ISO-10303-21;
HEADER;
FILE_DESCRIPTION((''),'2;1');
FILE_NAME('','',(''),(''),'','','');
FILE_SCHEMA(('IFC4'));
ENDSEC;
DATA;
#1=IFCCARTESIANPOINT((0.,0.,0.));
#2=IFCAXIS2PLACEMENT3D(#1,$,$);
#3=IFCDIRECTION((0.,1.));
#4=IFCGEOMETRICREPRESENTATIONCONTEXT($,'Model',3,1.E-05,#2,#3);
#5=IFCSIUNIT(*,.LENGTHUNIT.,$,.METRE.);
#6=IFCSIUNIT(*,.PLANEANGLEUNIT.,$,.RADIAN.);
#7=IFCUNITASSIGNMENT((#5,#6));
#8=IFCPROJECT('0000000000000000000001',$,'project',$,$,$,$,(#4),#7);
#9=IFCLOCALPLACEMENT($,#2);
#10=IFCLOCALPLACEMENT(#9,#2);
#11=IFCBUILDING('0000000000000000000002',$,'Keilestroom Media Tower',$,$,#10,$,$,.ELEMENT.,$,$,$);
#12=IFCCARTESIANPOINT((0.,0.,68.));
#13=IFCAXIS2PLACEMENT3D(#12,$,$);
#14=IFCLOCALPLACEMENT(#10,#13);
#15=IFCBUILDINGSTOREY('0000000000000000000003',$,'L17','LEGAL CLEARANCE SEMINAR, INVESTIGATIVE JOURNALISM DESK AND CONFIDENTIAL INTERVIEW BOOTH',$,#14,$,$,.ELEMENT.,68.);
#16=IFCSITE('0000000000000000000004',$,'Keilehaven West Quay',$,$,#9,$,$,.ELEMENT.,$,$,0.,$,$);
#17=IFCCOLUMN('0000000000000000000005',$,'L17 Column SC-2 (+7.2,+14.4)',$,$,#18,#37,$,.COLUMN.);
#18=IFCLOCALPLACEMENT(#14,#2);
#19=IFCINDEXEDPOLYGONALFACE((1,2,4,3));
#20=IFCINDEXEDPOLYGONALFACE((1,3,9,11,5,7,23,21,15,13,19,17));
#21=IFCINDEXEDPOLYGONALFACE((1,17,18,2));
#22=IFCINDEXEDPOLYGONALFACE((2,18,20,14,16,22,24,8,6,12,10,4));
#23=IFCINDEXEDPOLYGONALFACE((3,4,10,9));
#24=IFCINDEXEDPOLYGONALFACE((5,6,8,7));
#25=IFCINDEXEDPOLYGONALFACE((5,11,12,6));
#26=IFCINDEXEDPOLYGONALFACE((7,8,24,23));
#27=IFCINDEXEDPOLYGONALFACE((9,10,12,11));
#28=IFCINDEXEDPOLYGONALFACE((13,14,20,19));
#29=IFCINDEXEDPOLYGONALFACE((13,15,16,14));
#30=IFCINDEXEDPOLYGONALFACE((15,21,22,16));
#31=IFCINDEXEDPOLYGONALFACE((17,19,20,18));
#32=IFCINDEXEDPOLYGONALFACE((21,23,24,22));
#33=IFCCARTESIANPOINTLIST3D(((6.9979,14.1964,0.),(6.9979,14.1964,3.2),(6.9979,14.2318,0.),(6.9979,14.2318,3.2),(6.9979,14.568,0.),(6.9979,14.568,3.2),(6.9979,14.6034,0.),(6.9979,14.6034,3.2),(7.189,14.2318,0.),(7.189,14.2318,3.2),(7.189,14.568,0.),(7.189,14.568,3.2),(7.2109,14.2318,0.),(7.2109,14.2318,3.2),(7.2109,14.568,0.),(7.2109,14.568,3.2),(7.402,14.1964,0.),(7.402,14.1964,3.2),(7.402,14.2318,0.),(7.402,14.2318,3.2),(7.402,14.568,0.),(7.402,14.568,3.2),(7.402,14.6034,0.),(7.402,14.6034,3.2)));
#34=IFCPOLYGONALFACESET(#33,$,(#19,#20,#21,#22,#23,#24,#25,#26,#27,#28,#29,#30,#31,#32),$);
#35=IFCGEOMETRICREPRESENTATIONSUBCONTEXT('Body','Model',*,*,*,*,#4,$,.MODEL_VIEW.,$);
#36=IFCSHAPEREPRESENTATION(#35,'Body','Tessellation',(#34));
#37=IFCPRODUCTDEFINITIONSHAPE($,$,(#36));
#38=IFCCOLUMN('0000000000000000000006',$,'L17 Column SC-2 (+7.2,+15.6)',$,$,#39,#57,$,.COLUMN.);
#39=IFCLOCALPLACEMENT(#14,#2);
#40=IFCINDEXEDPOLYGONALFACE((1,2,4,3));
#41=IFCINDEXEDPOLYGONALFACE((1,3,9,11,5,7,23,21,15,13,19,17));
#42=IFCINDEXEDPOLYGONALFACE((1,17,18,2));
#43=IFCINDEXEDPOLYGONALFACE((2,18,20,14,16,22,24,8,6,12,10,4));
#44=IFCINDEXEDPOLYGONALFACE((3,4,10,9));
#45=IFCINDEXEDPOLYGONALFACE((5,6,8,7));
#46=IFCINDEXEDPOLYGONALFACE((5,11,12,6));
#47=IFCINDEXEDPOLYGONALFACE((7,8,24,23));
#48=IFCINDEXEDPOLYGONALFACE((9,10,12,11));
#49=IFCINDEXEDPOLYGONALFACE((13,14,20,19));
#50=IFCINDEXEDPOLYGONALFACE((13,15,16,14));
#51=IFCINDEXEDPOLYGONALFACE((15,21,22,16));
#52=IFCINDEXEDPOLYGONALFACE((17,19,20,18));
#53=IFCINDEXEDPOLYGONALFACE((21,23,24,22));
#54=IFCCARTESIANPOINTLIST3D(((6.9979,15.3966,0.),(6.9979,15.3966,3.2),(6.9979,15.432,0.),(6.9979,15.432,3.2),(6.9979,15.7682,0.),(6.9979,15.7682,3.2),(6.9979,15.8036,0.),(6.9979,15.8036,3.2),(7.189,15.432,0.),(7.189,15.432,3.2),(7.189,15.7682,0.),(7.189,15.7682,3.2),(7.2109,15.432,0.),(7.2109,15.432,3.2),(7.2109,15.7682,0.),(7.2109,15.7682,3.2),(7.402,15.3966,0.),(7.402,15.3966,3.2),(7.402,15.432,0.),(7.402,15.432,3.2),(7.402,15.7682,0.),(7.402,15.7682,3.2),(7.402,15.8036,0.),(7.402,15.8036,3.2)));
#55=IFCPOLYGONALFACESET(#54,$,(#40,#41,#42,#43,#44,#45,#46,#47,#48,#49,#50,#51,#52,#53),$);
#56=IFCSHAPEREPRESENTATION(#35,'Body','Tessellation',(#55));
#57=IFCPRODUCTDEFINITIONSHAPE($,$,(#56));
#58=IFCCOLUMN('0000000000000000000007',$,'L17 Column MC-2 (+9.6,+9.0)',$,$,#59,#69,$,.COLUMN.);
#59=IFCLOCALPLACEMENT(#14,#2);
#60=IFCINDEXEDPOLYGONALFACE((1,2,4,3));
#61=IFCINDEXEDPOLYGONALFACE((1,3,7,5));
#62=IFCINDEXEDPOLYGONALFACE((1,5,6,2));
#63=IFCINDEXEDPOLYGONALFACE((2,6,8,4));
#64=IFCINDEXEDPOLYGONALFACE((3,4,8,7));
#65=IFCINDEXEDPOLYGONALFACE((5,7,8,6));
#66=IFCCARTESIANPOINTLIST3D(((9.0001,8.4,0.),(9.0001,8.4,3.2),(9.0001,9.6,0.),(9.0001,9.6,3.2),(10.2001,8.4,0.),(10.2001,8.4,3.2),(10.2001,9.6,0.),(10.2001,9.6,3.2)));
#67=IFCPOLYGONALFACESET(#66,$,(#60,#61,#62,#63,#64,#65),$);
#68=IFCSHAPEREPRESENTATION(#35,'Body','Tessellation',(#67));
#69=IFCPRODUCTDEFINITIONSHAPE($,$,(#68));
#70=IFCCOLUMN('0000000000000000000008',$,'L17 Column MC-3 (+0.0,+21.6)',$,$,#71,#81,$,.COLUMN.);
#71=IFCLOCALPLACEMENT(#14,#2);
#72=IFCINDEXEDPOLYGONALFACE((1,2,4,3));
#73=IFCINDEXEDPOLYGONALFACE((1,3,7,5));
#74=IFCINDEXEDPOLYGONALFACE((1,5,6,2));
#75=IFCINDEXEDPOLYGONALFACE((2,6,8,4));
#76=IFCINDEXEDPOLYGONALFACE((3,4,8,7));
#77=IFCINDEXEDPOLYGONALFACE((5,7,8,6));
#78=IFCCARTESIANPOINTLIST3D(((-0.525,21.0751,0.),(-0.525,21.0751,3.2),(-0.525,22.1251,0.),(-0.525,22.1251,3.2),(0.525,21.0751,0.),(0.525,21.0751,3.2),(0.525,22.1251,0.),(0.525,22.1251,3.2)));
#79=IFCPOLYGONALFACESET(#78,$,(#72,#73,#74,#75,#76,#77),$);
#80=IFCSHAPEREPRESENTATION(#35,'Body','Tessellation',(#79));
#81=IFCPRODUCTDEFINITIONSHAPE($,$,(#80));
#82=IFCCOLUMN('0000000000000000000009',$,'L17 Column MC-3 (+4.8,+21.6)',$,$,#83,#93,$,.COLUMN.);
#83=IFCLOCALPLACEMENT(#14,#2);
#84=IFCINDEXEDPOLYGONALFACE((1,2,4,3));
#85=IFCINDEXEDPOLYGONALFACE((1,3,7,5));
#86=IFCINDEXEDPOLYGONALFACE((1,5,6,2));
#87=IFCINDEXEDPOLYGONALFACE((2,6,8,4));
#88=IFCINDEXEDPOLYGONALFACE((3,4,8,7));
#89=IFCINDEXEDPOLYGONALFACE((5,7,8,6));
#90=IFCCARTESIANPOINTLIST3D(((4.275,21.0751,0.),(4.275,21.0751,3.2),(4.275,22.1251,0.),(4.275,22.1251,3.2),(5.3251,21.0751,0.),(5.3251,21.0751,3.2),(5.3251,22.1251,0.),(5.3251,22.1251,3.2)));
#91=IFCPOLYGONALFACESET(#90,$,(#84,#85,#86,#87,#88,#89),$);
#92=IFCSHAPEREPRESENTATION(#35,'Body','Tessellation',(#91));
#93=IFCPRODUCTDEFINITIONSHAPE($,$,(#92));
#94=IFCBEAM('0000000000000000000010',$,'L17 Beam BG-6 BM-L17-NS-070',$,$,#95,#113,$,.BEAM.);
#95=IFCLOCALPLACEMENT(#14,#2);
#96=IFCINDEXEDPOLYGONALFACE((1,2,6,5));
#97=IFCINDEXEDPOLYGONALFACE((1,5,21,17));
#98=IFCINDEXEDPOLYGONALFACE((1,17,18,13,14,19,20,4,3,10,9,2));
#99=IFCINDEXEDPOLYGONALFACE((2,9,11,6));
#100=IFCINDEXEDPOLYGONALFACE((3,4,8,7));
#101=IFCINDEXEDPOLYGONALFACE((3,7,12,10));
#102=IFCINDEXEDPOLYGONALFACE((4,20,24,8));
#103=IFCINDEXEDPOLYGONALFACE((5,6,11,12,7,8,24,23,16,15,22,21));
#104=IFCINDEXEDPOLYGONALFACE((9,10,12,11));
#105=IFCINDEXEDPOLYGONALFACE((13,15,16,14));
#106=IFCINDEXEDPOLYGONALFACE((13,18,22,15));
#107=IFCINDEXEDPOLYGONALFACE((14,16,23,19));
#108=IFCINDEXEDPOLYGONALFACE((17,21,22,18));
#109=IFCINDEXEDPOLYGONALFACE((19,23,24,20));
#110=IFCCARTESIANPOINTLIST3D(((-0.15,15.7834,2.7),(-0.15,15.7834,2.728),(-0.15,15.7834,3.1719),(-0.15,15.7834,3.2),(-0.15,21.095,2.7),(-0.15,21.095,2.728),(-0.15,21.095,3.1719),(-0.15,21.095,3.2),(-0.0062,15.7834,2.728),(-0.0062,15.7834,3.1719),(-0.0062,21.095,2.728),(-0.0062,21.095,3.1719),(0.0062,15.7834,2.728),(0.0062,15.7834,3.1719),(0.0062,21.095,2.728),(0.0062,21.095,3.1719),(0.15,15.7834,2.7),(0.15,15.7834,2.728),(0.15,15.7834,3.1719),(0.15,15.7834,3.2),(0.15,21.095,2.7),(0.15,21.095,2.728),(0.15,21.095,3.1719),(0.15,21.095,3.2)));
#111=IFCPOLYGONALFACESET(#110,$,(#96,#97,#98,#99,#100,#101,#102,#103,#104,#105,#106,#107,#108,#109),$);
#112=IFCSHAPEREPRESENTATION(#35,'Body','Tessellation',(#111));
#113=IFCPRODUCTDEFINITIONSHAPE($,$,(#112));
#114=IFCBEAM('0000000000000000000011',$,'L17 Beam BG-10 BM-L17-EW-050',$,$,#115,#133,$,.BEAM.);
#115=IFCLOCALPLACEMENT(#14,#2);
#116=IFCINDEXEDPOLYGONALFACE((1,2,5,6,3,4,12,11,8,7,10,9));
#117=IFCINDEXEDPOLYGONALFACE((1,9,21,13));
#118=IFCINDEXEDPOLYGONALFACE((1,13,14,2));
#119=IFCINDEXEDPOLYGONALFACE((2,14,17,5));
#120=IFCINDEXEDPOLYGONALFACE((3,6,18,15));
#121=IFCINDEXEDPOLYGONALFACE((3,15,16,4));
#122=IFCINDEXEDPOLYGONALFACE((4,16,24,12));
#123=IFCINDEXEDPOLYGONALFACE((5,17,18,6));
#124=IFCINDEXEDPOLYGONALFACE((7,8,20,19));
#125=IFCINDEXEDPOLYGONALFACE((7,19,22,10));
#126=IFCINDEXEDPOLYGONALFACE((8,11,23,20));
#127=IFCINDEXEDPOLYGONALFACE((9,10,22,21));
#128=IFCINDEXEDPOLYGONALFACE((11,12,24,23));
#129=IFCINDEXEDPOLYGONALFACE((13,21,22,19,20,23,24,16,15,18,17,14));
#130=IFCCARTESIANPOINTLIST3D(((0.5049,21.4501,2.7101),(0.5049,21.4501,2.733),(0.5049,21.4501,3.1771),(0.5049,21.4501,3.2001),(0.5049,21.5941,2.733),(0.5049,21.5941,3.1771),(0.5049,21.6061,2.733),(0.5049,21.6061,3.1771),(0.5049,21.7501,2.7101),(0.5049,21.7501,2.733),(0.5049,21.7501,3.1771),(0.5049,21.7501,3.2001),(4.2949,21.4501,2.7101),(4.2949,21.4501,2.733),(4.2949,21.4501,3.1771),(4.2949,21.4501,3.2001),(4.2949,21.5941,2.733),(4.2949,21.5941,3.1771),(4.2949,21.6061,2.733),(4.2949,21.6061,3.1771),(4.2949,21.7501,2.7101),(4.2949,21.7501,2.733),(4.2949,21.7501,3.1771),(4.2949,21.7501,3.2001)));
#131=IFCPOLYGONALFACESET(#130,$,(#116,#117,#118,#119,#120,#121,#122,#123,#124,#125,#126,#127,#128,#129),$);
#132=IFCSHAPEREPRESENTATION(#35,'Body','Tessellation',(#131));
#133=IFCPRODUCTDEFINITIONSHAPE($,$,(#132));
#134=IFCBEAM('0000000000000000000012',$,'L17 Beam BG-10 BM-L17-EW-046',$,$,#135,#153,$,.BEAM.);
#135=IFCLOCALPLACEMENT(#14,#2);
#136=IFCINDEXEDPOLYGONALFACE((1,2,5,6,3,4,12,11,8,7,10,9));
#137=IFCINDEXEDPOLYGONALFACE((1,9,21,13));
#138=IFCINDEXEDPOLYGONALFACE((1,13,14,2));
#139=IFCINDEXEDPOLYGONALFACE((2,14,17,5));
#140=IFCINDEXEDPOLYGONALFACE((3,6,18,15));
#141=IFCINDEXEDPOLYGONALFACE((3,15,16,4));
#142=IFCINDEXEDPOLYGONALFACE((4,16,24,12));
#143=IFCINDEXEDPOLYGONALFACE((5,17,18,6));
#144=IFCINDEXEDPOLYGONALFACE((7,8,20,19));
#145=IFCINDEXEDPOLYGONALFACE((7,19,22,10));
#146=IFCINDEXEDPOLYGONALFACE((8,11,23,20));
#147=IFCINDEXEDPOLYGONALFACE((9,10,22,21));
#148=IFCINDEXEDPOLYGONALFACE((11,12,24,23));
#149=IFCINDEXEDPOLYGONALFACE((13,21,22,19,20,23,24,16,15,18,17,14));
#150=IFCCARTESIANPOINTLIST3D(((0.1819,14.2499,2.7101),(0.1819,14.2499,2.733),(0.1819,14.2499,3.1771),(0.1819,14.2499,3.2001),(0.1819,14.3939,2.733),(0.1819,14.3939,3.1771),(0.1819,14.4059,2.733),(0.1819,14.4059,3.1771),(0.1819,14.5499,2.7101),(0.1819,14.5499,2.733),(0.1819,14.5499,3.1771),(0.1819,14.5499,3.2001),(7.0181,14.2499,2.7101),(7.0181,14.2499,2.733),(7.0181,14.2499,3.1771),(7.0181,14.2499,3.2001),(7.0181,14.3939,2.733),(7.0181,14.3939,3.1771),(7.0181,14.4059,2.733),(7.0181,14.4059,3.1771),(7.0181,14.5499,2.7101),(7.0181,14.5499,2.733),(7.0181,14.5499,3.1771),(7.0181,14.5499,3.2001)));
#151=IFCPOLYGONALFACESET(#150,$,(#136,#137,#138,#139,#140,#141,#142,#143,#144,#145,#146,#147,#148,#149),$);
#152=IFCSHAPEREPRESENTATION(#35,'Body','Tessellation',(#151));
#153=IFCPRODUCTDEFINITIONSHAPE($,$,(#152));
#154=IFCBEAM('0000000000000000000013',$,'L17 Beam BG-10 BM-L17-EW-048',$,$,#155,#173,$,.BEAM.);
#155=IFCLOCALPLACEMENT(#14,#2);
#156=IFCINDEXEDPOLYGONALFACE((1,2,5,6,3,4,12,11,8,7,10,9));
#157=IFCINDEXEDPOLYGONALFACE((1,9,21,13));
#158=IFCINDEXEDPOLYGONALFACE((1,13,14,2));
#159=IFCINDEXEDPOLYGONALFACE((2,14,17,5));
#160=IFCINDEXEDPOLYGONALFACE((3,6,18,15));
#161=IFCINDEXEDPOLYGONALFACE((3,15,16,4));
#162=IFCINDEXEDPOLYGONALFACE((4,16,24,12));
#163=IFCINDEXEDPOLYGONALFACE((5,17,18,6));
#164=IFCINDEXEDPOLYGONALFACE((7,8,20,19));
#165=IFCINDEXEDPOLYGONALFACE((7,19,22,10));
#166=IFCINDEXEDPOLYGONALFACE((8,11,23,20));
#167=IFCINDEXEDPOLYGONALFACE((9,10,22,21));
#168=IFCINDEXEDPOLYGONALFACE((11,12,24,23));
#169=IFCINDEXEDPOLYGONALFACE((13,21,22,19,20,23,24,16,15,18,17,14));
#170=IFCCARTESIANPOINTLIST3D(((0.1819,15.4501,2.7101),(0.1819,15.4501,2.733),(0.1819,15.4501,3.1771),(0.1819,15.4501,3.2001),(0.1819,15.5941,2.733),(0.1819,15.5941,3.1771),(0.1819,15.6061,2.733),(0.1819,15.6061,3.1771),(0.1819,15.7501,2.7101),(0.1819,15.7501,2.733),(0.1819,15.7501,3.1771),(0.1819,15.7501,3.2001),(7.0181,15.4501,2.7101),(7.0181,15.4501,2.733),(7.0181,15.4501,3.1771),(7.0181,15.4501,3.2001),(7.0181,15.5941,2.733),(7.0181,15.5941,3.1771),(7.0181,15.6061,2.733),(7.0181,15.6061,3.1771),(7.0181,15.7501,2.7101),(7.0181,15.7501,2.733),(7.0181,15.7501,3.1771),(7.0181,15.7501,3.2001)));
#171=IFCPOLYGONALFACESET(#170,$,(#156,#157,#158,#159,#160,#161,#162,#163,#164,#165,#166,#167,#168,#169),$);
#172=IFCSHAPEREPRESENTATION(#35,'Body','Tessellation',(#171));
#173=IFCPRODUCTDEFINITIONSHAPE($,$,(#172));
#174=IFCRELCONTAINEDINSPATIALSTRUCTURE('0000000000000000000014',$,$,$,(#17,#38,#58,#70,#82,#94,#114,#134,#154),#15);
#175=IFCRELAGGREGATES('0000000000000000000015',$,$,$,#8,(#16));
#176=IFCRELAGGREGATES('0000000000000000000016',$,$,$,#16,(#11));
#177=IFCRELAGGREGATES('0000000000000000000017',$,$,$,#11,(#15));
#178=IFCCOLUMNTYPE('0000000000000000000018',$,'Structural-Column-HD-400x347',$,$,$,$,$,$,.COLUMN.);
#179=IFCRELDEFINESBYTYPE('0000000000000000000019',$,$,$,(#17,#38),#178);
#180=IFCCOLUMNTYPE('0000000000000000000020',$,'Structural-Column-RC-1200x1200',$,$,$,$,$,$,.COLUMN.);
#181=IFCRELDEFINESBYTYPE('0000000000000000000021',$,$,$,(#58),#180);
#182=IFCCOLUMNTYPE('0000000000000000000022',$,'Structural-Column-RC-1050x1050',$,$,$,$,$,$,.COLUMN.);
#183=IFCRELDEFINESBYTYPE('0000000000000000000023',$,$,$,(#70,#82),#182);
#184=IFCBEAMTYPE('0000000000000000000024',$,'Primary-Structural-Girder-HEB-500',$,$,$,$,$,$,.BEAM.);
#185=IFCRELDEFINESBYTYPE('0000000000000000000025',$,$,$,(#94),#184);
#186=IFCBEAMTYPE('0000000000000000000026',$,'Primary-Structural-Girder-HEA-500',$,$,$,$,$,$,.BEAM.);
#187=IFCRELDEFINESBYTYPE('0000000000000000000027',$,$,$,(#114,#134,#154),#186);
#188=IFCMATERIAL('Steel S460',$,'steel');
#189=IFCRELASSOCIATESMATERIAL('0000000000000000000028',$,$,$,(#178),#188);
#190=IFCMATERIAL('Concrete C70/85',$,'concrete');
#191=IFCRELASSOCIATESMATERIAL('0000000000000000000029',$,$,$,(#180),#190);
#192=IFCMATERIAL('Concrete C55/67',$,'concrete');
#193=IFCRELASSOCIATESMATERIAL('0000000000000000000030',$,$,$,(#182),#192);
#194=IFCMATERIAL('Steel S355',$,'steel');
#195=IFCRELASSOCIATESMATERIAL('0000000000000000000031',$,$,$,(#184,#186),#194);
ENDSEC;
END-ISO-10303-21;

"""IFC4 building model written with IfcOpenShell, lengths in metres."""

from ifc_helpers import new_model, si_unit, direction, frame, origin, origin_2d, place, context, subcontext, project, spatial, rectangle, i_section, extrude, source, transform, mapped, material, material_profile, profile_set, type_object, element, save


model = new_model("IFC4")

# Units and contexts
model_context = context("Model", 3, precision=1e-05, world=origin(), true_north=direction((0.0, 1.0)))
body_context = subcontext(model_context, "Body", "Model", "MODEL_VIEW")
ifc_project = project(units=[si_unit("LENGTHUNIT", "METRE"), si_unit("PLANEANGLEUNIT", "RADIAN")], contexts=[model_context])

# Site, building, storey
site_placement = place(None, origin())
site = spatial("IfcSite", under=ifc_project, at=site_placement, Name="Keilehaven West Quay", CompositionType="ELEMENT", RefElevation=0.0)
building_placement = place(site_placement, origin())
building = spatial("IfcBuilding", under=site, at=building_placement, Name="Keilestroom Media Tower", CompositionType="ELEMENT")
storey_placement = place(building_placement, frame((0.0, 0.0, 68.0)))
storey = spatial("IfcBuildingStorey", under=building, at=storey_placement, Name="L17", Description="LEGAL CLEARANCE SEMINAR, INVESTIGATIVE JOURNALISM DESK AND CONFIDENTIAL INTERVIEW BOOTH", CompositionType="ELEMENT", Elevation=68.0)

# Columns
ifc_material_1 = material(Name="Steel S460", Category="steel")
ifc_material_profile_1 = material_profile(ifc_material_1, i_section(OverallWidth=0.4041, OverallDepth=0.407, WebThickness=0.022, FlangeThickness=0.0354, at=origin_2d()), Name="HD 400x347")
ifc_profile_set_1 = profile_set([ifc_material_profile_1], Name="Steel S460")
column_type_1 = type_object("IfcColumnType", Name="Structural-Column-HD-400x347", PredefinedType="COLUMN", material=ifc_profile_set_1)
shared_shape_1 = source(origin(), body_context, "Body", "SweptSolid", [
    extrude(i_section(OverallWidth=0.4041, OverallDepth=0.407, WebThickness=0.022, FlangeThickness=0.0354, at=origin_2d()), origin(), (0.0, 0.0, 1.0), 3.2),
])
for number, where, z_axis, x_axis, name in (
    (1, (7.2, 14.3999, 0.0), (0.0, 0.0, 1.0), (1.0, 0.0, 0.0), "L17 Column SC-2 (+7.2,+14.4)"),
    (2, (7.2, 15.6001, 0.0), (0.0, 0.0, 1.0), (1.0, 0.0, 0.0), "L17 Column SC-2 (+7.2,+15.6)"),
):
    element("IfcColumn", number, at=place(storey_placement, frame(where, z_axis=z_axis, x_axis=x_axis)), inside=storey, type_object=column_type_1, Name=name, PredefinedType="COLUMN", context=body_context, shape_type="MappedRepresentation", body=[
        mapped(shared_shape_1, transform((0.0, 0.0, 0.0), x_axis=(1.0, 0.0, 0.0), y_axis=(0.0, 1.0, 0.0), z_axis=(0.0, 0.0, 1.0), scale=1.0)),
    ])
ifc_material_2 = material(Name="Concrete C70/85", Category="concrete")
ifc_material_profile_2 = material_profile(ifc_material_2, rectangle(XDim=1.2, YDim=1.2, at=origin_2d()), Name="RC 1200x1200")
ifc_profile_set_2 = profile_set([ifc_material_profile_2], Name="Concrete C70/85")
column_type_2 = type_object("IfcColumnType", Name="Structural-Column-RC-1200x1200", PredefinedType="COLUMN", material=ifc_profile_set_2)
shared_shape_2 = source(origin(), body_context, "Body", "SweptSolid", [
    extrude(rectangle(XDim=1.2, YDim=1.2, at=origin_2d()), origin(), (0.0, 0.0, 1.0), 3.2),
])
column_placement = place(storey_placement, frame((9.6001, 9.0, 0.0), z_axis=(0.0, 0.0, 1.0), x_axis=(1.0, 0.0, 0.0)))
element("IfcColumn", 3, at=column_placement, inside=storey, type_object=column_type_2, Name="L17 Column MC-2 (+9.6,+9.0)", PredefinedType="COLUMN", context=body_context, shape_type="MappedRepresentation", body=[
    mapped(shared_shape_2, transform((0.0, 0.0, 0.0), x_axis=(1.0, 0.0, 0.0), y_axis=(0.0, 1.0, 0.0), z_axis=(0.0, 0.0, 1.0), scale=1.0)),
])
ifc_material_3 = material(Name="Concrete C55/67", Category="concrete")
ifc_material_profile_3 = material_profile(ifc_material_3, rectangle(XDim=1.05, YDim=1.05, at=origin_2d()), Name="RC 1050x1050")
ifc_profile_set_3 = profile_set([ifc_material_profile_3], Name="Concrete C55/67")
column_type_3 = type_object("IfcColumnType", Name="Structural-Column-RC-1050x1050", PredefinedType="COLUMN", material=ifc_profile_set_3)
shared_shape_3 = source(origin(), body_context, "Body", "SweptSolid", [
    extrude(rectangle(XDim=1.05, YDim=1.05, at=origin_2d()), origin(), (0.0, 0.0, 1.0), 3.2),
])
for number, where, z_axis, x_axis, name in (
    (4, (0.0, 21.6001, 0.0), (0.0, 0.0, 1.0), (1.0, 0.0, 0.0), "L17 Column MC-3 (+0.0,+21.6)"),
    (5, (4.8, 21.6001, 0.0), (0.0, 0.0, 1.0), (1.0, 0.0, 0.0), "L17 Column MC-3 (+4.8,+21.6)"),
):
    element("IfcColumn", number, at=place(storey_placement, frame(where, z_axis=z_axis, x_axis=x_axis)), inside=storey, type_object=column_type_3, Name=name, PredefinedType="COLUMN", context=body_context, shape_type="MappedRepresentation", body=[
        mapped(shared_shape_3, transform((0.0, 0.0, 0.0), x_axis=(1.0, 0.0, 0.0), y_axis=(0.0, 1.0, 0.0), z_axis=(0.0, 0.0, 1.0), scale=1.0)),
    ])

# Beams
ifc_material_4 = material(Name="Steel S355", Category="steel")
ifc_material_profile_4 = material_profile(ifc_material_4, i_section(OverallWidth=0.3, OverallDepth=0.5, WebThickness=0.0125, FlangeThickness=0.0281, at=origin_2d()), Name="HEB 500")
ifc_profile_set_4 = profile_set([ifc_material_profile_4], Name="Steel S355")
beam_type_1 = type_object("IfcBeamType", Name="Primary-Structural-Girder-HEB-500", PredefinedType="BEAM", material=ifc_profile_set_4)
shared_shape_4 = source(origin(), body_context, "Body", "SweptSolid", [
    extrude(i_section(OverallWidth=0.3, OverallDepth=0.5, WebThickness=0.0125, FlangeThickness=0.0281, at=origin_2d()), origin(), (0.0, 0.0, 1.0), 5.3115),
])
beam_1_placement = place(storey_placement, frame((0.0, 15.7834, 2.95), z_axis=(0.0, 1.0, 0.0), x_axis=(-1.0, 0.0, 0.0)))
element("IfcBeam", 6, at=beam_1_placement, inside=storey, type_object=beam_type_1, Name="L17 Beam BG-6 BM-L17-NS-070", PredefinedType="BEAM", context=body_context, shape_type="MappedRepresentation", body=[
    mapped(shared_shape_4, transform((0.0, 0.0, 0.0), x_axis=(1.0, 0.0, 0.0), y_axis=(0.0, 1.0, 0.0), z_axis=(0.0, 0.0, 1.0), scale=1.0)),
])
ifc_material_profile_5 = material_profile(ifc_material_4, i_section(OverallWidth=0.3, OverallDepth=0.49, WebThickness=0.012, FlangeThickness=0.0229, at=origin_2d()), Name="HEA 500")
ifc_profile_set_5 = profile_set([ifc_material_profile_5], Name="Steel S355")
beam_type_2 = type_object("IfcBeamType", Name="Primary-Structural-Girder-HEA-500", PredefinedType="BEAM", material=ifc_profile_set_5)
shared_shape_5 = source(origin(), body_context, "Body", "SweptSolid", [
    extrude(i_section(OverallWidth=0.3, OverallDepth=0.49, WebThickness=0.012, FlangeThickness=0.0229, at=origin_2d()), origin(), (0.0, 0.0, 1.0), 3.79),
])
beam_2_placement = place(storey_placement, frame((0.5049, 21.6001, 2.9551), z_axis=(1.0, 0.0, 0.0), x_axis=(0.0, 1.0, 0.0)))
element("IfcBeam", 7, at=beam_2_placement, inside=storey, type_object=beam_type_2, Name="L17 Beam BG-10 BM-L17-EW-050", PredefinedType="BEAM", context=body_context, shape_type="MappedRepresentation", body=[
    mapped(shared_shape_5, transform((0.0, 0.0, 0.0), x_axis=(1.0, 0.0, 0.0), y_axis=(0.0, 1.0, 0.0), z_axis=(0.0, 0.0, 1.0), scale=1.0)),
])
shared_shape_6 = source(origin(), body_context, "Body", "SweptSolid", [
    extrude(i_section(OverallWidth=0.3, OverallDepth=0.49, WebThickness=0.012, FlangeThickness=0.0229, at=origin_2d()), origin(), (0.0, 0.0, 1.0), 6.8362),
])
for number, where, z_axis, x_axis, name in (
    (8, (0.1819, 14.3999, 2.9551), (1.0, 0.0, 0.0), (0.0, 1.0, 0.0), "L17 Beam BG-10 BM-L17-EW-046"),
    (9, (0.1819, 15.6001, 2.9551), (1.0, 0.0, 0.0), (0.0, 1.0, 0.0), "L17 Beam BG-10 BM-L17-EW-048"),
):
    element("IfcBeam", number, at=place(storey_placement, frame(where, z_axis=z_axis, x_axis=x_axis)), inside=storey, type_object=beam_type_2, Name=name, PredefinedType="BEAM", context=body_context, shape_type="MappedRepresentation", body=[
        mapped(shared_shape_6, transform((0.0, 0.0, 0.0), x_axis=(1.0, 0.0, 0.0), y_axis=(0.0, 1.0, 0.0), z_axis=(0.0, 0.0, 1.0), scale=1.0)),
    ])

save(model, "model.ifc")
